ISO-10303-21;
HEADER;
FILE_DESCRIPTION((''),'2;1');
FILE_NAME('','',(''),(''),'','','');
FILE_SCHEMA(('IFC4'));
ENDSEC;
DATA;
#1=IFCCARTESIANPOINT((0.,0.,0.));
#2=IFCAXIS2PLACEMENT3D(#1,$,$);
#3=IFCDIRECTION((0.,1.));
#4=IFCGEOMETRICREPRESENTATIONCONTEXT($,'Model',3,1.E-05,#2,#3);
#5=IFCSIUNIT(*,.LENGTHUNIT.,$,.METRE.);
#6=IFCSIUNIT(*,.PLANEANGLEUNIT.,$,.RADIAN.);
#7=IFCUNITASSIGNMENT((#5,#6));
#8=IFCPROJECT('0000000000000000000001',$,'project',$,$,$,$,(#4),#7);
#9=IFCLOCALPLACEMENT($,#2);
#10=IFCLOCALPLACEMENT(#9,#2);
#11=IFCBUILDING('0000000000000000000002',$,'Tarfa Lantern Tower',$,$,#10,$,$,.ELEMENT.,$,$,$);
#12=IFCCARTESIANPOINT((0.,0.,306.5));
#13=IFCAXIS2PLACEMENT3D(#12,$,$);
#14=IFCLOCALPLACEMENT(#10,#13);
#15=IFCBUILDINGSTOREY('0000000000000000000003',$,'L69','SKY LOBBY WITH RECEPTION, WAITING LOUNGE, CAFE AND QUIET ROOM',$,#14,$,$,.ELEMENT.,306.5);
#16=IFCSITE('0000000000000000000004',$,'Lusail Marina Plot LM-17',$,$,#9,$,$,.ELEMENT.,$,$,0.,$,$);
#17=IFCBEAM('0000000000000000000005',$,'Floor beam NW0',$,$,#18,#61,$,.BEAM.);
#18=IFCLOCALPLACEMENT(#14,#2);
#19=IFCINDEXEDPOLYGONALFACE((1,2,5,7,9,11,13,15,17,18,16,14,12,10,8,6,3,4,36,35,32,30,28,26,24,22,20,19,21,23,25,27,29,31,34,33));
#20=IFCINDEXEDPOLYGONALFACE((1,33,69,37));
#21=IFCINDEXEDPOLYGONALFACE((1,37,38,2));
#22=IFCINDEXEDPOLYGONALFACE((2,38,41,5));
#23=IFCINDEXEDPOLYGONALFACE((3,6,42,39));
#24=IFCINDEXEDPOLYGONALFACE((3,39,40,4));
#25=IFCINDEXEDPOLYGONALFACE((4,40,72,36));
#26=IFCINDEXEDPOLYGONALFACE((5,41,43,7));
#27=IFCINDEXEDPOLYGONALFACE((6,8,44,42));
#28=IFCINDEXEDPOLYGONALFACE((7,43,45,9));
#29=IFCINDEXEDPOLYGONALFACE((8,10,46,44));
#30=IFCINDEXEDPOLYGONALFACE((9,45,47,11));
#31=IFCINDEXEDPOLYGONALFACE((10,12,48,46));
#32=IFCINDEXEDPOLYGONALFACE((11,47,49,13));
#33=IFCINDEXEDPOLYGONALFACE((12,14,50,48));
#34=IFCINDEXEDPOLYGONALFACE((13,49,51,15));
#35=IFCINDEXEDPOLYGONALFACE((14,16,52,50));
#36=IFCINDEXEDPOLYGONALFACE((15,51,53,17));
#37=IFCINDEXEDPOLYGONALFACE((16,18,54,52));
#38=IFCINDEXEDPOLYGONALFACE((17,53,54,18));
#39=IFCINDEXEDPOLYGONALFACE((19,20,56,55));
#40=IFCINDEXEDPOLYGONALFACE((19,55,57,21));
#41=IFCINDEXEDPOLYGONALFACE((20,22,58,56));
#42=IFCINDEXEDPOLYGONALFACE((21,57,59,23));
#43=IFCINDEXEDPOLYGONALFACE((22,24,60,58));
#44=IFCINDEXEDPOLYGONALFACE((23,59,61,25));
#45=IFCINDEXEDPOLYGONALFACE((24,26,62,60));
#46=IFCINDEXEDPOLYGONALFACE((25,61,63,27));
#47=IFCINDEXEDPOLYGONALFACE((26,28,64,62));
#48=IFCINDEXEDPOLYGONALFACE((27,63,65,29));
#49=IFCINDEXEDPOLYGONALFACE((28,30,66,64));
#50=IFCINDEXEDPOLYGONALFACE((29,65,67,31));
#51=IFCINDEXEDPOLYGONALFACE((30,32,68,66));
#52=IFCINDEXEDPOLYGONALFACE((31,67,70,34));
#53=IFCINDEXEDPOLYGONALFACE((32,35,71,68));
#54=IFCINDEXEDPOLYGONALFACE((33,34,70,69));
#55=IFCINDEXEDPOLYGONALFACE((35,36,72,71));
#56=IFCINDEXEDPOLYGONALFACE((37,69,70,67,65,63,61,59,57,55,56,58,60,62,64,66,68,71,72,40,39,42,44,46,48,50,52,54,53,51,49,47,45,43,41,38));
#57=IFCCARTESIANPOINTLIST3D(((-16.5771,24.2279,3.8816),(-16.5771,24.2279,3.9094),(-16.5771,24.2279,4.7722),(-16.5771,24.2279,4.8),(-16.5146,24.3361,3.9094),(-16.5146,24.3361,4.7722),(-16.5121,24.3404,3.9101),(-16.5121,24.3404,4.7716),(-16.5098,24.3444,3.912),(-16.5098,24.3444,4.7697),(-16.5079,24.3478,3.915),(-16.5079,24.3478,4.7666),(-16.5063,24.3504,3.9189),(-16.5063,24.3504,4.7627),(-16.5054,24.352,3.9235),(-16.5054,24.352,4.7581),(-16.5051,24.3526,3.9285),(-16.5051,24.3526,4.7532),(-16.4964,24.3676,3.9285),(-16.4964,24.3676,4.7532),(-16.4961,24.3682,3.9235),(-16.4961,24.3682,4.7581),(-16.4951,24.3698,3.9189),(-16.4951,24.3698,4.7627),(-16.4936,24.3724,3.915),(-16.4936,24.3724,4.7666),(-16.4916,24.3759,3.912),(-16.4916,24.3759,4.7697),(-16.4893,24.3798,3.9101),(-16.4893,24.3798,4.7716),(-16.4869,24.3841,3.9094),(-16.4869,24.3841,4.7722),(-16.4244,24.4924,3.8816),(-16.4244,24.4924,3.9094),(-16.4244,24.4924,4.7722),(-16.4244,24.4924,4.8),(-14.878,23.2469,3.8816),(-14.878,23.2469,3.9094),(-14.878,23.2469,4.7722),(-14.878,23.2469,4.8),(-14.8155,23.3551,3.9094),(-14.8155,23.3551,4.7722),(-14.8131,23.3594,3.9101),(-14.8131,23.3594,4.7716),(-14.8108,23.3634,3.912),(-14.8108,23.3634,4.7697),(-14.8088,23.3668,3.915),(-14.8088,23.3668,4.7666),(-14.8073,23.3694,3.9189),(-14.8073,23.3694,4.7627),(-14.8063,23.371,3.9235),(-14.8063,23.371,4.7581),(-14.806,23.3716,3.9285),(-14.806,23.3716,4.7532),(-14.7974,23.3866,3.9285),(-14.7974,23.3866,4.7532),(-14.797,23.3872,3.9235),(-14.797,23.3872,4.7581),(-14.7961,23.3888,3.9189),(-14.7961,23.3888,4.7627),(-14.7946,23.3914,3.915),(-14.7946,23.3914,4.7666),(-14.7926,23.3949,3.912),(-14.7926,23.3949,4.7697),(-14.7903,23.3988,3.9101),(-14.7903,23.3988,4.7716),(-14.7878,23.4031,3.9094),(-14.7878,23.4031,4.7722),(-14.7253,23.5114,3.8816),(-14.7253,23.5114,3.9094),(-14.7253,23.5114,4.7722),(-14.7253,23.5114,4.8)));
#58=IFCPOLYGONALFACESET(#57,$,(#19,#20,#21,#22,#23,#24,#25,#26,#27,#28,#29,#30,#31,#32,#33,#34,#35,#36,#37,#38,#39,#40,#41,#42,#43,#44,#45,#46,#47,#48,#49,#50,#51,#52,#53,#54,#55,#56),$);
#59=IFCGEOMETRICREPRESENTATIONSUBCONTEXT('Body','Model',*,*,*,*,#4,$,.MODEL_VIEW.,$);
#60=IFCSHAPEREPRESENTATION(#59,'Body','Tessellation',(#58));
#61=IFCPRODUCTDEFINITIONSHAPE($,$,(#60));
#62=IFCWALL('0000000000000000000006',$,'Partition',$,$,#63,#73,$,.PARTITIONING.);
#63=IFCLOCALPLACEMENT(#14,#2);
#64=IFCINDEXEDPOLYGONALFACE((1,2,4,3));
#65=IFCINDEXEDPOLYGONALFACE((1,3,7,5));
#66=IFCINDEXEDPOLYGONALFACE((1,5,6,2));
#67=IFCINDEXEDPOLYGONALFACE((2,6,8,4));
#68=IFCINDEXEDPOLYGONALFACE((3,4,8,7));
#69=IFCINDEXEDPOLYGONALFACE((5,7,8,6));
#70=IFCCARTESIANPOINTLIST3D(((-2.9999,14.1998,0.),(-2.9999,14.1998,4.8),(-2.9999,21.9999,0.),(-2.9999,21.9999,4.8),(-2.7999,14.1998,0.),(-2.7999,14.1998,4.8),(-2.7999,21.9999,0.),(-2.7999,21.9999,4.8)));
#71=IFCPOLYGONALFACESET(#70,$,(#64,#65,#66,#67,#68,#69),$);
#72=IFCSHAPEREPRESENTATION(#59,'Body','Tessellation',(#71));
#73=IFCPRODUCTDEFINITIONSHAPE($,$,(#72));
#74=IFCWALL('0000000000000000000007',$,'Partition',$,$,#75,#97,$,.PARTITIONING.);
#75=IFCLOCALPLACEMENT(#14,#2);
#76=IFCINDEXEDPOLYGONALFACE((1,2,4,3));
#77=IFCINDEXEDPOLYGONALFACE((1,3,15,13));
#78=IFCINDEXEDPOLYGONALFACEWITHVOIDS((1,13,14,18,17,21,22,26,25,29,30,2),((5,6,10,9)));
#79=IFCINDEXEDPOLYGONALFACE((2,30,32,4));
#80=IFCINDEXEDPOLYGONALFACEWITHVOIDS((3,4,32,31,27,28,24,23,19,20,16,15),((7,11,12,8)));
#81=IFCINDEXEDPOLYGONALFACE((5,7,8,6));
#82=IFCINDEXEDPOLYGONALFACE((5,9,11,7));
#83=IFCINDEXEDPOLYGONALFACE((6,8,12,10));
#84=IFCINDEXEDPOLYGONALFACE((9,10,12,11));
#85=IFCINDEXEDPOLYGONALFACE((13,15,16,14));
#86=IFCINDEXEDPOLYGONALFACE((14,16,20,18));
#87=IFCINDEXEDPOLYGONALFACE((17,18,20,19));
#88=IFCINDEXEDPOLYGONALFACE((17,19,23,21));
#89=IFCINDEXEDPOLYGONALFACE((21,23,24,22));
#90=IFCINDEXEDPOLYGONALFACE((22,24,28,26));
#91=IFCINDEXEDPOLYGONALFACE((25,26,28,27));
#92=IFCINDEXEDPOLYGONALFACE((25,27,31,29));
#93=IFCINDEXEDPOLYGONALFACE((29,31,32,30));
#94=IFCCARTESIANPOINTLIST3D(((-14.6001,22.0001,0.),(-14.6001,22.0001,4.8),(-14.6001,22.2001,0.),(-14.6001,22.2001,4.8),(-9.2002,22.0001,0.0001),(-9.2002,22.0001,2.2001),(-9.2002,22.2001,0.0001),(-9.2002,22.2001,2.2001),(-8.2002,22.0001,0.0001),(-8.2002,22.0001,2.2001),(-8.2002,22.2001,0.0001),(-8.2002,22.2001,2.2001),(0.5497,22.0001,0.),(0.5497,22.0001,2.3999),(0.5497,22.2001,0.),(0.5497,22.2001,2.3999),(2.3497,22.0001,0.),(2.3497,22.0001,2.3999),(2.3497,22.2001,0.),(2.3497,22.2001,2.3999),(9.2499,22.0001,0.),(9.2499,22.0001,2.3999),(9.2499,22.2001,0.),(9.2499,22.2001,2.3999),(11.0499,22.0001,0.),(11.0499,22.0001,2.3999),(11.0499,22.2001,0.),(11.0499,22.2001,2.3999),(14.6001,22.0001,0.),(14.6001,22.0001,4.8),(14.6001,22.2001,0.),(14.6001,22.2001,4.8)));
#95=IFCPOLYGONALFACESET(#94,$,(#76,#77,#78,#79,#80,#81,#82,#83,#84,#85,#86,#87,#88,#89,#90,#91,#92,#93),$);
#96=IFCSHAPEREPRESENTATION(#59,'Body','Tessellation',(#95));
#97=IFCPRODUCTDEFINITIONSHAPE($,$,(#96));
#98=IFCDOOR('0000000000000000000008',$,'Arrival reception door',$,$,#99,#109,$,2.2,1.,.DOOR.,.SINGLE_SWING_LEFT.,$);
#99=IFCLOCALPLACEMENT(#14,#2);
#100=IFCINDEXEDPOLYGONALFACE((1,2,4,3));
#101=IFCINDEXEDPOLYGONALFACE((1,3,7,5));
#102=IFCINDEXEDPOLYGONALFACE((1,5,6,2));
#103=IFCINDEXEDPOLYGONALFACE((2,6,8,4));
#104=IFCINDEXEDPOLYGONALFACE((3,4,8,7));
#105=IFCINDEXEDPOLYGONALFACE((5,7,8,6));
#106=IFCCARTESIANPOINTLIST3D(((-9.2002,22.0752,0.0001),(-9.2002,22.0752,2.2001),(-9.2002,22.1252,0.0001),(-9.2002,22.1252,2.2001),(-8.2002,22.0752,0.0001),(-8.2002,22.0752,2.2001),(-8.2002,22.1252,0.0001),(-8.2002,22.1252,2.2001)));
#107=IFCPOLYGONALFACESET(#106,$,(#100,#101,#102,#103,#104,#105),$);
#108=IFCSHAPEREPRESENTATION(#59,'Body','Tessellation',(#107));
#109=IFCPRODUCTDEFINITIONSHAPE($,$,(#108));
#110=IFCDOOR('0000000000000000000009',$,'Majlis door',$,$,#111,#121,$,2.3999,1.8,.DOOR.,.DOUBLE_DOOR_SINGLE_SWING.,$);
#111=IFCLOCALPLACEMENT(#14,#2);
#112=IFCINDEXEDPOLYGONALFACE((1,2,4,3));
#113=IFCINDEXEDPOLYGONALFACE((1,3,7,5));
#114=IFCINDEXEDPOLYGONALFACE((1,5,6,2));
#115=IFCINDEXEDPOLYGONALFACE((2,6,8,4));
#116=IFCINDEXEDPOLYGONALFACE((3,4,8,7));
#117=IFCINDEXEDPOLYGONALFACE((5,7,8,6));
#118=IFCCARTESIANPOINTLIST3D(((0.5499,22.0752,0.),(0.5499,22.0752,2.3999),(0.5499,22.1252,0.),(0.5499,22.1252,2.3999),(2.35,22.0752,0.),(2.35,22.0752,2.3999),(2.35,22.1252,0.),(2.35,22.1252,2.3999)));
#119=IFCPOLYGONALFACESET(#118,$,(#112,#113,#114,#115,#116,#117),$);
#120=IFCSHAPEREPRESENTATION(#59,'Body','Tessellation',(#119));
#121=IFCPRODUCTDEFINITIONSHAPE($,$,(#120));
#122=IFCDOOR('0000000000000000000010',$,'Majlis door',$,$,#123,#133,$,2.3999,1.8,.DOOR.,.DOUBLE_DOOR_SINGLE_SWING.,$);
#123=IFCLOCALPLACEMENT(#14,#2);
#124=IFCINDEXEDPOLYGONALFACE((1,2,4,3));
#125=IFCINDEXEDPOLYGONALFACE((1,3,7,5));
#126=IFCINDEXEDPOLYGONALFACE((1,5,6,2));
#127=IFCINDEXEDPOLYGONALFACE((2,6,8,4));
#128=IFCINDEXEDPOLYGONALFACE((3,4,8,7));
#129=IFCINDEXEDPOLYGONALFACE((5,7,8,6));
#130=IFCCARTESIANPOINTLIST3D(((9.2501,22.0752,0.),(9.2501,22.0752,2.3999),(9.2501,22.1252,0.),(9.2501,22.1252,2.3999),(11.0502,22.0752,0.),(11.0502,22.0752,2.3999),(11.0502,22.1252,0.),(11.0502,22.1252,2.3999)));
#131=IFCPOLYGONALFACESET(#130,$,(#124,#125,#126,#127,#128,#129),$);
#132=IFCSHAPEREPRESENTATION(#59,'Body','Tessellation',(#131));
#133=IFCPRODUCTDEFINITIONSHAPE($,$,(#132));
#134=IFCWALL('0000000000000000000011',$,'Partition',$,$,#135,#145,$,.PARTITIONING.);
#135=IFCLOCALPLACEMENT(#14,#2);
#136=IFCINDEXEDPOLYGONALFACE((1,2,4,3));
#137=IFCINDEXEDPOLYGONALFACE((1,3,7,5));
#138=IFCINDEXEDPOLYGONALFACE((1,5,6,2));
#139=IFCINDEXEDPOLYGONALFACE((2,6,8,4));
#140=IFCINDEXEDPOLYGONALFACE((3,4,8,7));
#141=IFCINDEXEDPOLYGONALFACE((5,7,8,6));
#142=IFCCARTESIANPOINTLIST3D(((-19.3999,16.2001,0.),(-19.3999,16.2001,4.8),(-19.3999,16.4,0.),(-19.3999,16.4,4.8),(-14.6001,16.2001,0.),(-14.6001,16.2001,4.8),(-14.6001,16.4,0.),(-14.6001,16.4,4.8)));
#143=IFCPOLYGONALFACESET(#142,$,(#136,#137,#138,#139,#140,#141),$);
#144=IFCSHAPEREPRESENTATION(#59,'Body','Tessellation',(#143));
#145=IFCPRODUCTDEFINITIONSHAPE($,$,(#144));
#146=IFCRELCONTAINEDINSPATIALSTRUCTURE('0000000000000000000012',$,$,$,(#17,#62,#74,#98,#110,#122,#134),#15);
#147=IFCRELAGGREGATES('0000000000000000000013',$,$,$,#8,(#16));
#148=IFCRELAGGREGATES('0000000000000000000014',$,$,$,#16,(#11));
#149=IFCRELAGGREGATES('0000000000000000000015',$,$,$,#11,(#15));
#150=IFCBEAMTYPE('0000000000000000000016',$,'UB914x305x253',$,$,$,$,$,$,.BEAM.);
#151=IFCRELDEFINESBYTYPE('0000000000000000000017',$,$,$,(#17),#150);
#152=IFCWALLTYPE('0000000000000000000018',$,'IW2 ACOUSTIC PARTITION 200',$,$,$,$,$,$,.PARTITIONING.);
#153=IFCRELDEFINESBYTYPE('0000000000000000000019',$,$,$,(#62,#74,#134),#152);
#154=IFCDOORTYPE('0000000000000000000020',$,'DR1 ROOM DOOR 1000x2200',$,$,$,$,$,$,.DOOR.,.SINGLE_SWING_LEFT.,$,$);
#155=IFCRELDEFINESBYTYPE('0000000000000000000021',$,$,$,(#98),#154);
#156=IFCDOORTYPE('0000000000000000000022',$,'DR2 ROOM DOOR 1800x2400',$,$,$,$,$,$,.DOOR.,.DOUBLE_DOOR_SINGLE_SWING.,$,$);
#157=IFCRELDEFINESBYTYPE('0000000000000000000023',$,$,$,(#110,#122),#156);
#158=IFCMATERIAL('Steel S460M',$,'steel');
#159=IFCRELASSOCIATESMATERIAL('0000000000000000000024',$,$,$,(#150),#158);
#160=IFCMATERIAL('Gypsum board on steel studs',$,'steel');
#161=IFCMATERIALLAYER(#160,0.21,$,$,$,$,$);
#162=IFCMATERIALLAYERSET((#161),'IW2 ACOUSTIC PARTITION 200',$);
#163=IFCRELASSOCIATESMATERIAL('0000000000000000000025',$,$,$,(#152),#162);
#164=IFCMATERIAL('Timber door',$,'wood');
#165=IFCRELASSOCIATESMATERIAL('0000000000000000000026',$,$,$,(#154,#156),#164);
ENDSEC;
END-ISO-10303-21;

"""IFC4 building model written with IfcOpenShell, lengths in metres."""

from ifc_helpers import new_model, si_unit, direction, frame, frame_2d, origin, origin_2d, place, context, subcontext, project, spatial, rectangle, i_section, extrude, material, layer, layer_set, material_profile, profile_set, type_object, element, fill, save


model = new_model("IFC4")

# Units and contexts
model_context = context("Model", 3, precision=1e-05, world=origin(), true_north=direction((0.0, 1.0)))
body_context = subcontext(model_context, "Body", "Model", "MODEL_VIEW")
ifc_project = project(units=[si_unit("LENGTHUNIT", "METRE"), si_unit("PLANEANGLEUNIT", "RADIAN")], contexts=[model_context])

# Site, building, storey
site_placement = place(None, origin())
site = spatial("IfcSite", under=ifc_project, at=site_placement, Name="Lusail Marina Plot LM-17", CompositionType="ELEMENT", RefElevation=0.0)
building_placement = place(site_placement, origin())
building = spatial("IfcBuilding", under=site, at=building_placement, Name="Tarfa Lantern Tower", CompositionType="ELEMENT")
storey_placement = place(building_placement, frame((0.0, 0.0, 306.5)))
storey = spatial("IfcBuildingStorey", under=building, at=storey_placement, Name="L69", Description="SKY LOBBY WITH RECEPTION, WAITING LOUNGE, CAFE AND QUIET ROOM", CompositionType="ELEMENT", Elevation=306.5)

# Shared definitions
ifc_material_1 = material(Name="Steel S460M", Category="steel")

# Beam
ifc_material_profile_1 = material_profile(ifc_material_1, i_section(OverallWidth=0.3054, OverallDepth=0.9185, WebThickness=0.0173, FlangeThickness=0.0278, FilletRadius=0.019, at=origin_2d()), Name="UB914x305x253")
ifc_profile_set_1 = profile_set([ifc_material_profile_1], Name="Steel S460M")
beam_type_1 = type_object("IfcBeamType", Name="UB914x305x253", PredefinedType="BEAM", material=ifc_profile_set_1)
beam_1_placement = place(storey_placement, frame((-16.5007, 24.3601, 4.3408), z_axis=(0.866014, -0.50002, 0.0), x_axis=(0.50002, 0.866014, 0.0)))
element("IfcBeam", 1, at=beam_1_placement, inside=storey, type_object=beam_type_1, Name="Floor beam NW0", PredefinedType="BEAM", context=body_context, shape_type="SweptSolid", body=[
    extrude(i_section(OverallWidth=0.3054, OverallDepth=0.9185, WebThickness=0.0173, FlangeThickness=0.0278, FilletRadius=0.019, at=origin_2d()), origin(), (0.0, 0.0, 1.0), 1.9619),
])

# Wall
ifc_material_2 = material(Name="Gypsum board on steel studs", Category="steel")
ifc_layer = layer(ifc_material_2, 0.21)
ifc_layer_set = layer_set([ifc_layer], Name="IW2 ACOUSTIC PARTITION 200")
wall_type = type_object("IfcWallType", Name="IW2 ACOUSTIC PARTITION 200", PredefinedType="PARTITIONING", material=ifc_layer_set)
wall_1_placement = place(storey_placement, frame((-2.8999, 14.2, 0.0), z_axis=(0.0, 0.0, 1.0), x_axis=(0.0, 1.0, 0.0)))
element("IfcWall", 2, at=wall_1_placement, inside=storey, type_object=wall_type, Name="Partition", PredefinedType="PARTITIONING", context=body_context, shape_type="SweptSolid", body=[
    extrude(rectangle(XDim=7.8, YDim=0.2, at=frame_2d((3.8999, 0.0))), origin(), (0.0, 0.0, 1.0), 4.8),
])

# Wall, openings, doors
wall_2_placement = place(storey_placement, frame((-14.6001, 22.1001, 0.0), z_axis=(0.0, 0.0, 1.0), x_axis=(1.0, 0.0, 0.0)))
wall_2 = element("IfcWall", 3, at=wall_2_placement, inside=storey, type_object=wall_type, Name="Partition", PredefinedType="PARTITIONING", context=body_context, shape_type="SweptSolid", body=[
    extrude(rectangle(XDim=29.2002, YDim=0.2, at=frame_2d((14.6001, 0.0))), origin(), (0.0, 0.0, 1.0), 4.8),
])
opening_1_placement = place(wall_2_placement, frame((5.3999, 0.0, 0.0)))
opening_1 = element("IfcOpeningElement", 4, at=opening_1_placement, cuts=wall_2, PredefinedType="OPENING", context=body_context, shape_type="SweptSolid", body=[
    extrude(rectangle(XDim=1.0, YDim=2.2, at=frame_2d((0.5, 1.1001))), frame((0.0, 0.1099, 0.0), z_axis=(0.0, -1.0, 0.0), x_axis=(1.0, 0.0, 0.0)), (0.0, 0.0, 1.0), 0.22),
])
opening_2_placement = place(wall_2_placement, frame((15.1499, 0.0, 0.0)))
opening_2 = element("IfcOpeningElement", 5, at=opening_2_placement, cuts=wall_2, PredefinedType="OPENING", context=body_context, shape_type="SweptSolid", body=[
    extrude(rectangle(XDim=1.8, YDim=2.3999, at=frame_2d((0.8999, 1.2))), frame((0.0, 0.1099, 0.0), z_axis=(0.0, -1.0, 0.0), x_axis=(1.0, 0.0, 0.0)), (0.0, 0.0, 1.0), 0.22),
])
opening_3_placement = place(wall_2_placement, frame((23.8501, 0.0, 0.0)))
opening_3 = element("IfcOpeningElement", 6, at=opening_3_placement, cuts=wall_2, PredefinedType="OPENING", context=body_context, shape_type="SweptSolid", body=[
    extrude(rectangle(XDim=1.8, YDim=2.3999, at=frame_2d((0.8999, 1.2))), frame((0.0, 0.1099, 0.0), z_axis=(0.0, -1.0, 0.0), x_axis=(1.0, 0.0, 0.0)), (0.0, 0.0, 1.0), 0.22),
])
ifc_material_3 = material(Name="Timber door", Category="wood")
door_type_1 = type_object("IfcDoorType", Name="DR1 ROOM DOOR 1000x2200", OperationType="SINGLE_SWING_LEFT", PredefinedType="DOOR", material=ifc_material_3)
door_1_placement = place(opening_1_placement, frame((1.0, 0.0, 0.0), z_axis=(0.0, 0.0, 1.0), x_axis=(-1.0, 0.0, 0.0)))
door_1 = element("IfcDoor", 7, at=door_1_placement, inside=storey, type_object=door_type_1, Name="Arrival reception door", OperationType="SINGLE_SWING_LEFT", OverallHeight=2.2, OverallWidth=1.0, PredefinedType="DOOR", context=body_context, shape_type="SweptSolid", body=[
    extrude(rectangle(XDim=1.0, YDim=2.2, at=frame_2d((0.5, 1.1001))), frame((0.0, 0.0249, 0.0), z_axis=(0.0, -1.0, 0.0), x_axis=(1.0, 0.0, 0.0)), (0.0, 0.0, 1.0), 0.05),
])
fill(opening_1, door_1)
door_type_2 = type_object("IfcDoorType", Name="DR2 ROOM DOOR 1800x2400", OperationType="DOUBLE_DOOR_SINGLE_SWING", PredefinedType="DOOR", material=ifc_material_3)
door_2_placement = place(opening_2_placement, frame((1.8, 0.0, 0.0), z_axis=(0.0, 0.0, 1.0), x_axis=(-1.0, 0.0, 0.0)))
door_2 = element("IfcDoor", 8, at=door_2_placement, inside=storey, type_object=door_type_2, Name="Majlis door", OperationType="DOUBLE_DOOR_SINGLE_SWING", OverallHeight=2.3999, OverallWidth=1.8, PredefinedType="DOOR", context=body_context, shape_type="SweptSolid", body=[
    extrude(rectangle(XDim=1.8, YDim=2.3999, at=frame_2d((0.8999, 1.2))), frame((0.0, 0.0249, 0.0), z_axis=(0.0, -1.0, 0.0), x_axis=(1.0, 0.0, 0.0)), (0.0, 0.0, 1.0), 0.05),
])
fill(opening_2, door_2)
door_3_placement = place(opening_3_placement, frame((1.8, 0.0, 0.0), z_axis=(0.0, 0.0, 1.0), x_axis=(-1.0, 0.0, 0.0)))
door_3 = element("IfcDoor", 9, at=door_3_placement, inside=storey, type_object=door_type_2, Name="Majlis door", OperationType="DOUBLE_DOOR_SINGLE_SWING", OverallHeight=2.3999, OverallWidth=1.8, PredefinedType="DOOR", context=body_context, shape_type="SweptSolid", body=[
    extrude(rectangle(XDim=1.8, YDim=2.3999, at=frame_2d((0.8999, 1.2))), frame((0.0, 0.0249, 0.0), z_axis=(0.0, -1.0, 0.0), x_axis=(1.0, 0.0, 0.0)), (0.0, 0.0, 1.0), 0.05),
])
fill(opening_3, door_3)

# Wall
wall_3_placement = place(storey_placement, frame((-14.6001, 16.3, 0.0), z_axis=(0.0, 0.0, 1.0), x_axis=(-1.0, 0.0, 0.0)))
element("IfcWall", 10, at=wall_3_placement, inside=storey, type_object=wall_type, Name="Partition", PredefinedType="PARTITIONING", context=body_context, shape_type="SweptSolid", body=[
    extrude(rectangle(XDim=4.7998, YDim=0.2, at=frame_2d((2.3999, 0.0))), origin(), (0.0, 0.0, 1.0), 4.8),
])

save(model, "model.ifc")
